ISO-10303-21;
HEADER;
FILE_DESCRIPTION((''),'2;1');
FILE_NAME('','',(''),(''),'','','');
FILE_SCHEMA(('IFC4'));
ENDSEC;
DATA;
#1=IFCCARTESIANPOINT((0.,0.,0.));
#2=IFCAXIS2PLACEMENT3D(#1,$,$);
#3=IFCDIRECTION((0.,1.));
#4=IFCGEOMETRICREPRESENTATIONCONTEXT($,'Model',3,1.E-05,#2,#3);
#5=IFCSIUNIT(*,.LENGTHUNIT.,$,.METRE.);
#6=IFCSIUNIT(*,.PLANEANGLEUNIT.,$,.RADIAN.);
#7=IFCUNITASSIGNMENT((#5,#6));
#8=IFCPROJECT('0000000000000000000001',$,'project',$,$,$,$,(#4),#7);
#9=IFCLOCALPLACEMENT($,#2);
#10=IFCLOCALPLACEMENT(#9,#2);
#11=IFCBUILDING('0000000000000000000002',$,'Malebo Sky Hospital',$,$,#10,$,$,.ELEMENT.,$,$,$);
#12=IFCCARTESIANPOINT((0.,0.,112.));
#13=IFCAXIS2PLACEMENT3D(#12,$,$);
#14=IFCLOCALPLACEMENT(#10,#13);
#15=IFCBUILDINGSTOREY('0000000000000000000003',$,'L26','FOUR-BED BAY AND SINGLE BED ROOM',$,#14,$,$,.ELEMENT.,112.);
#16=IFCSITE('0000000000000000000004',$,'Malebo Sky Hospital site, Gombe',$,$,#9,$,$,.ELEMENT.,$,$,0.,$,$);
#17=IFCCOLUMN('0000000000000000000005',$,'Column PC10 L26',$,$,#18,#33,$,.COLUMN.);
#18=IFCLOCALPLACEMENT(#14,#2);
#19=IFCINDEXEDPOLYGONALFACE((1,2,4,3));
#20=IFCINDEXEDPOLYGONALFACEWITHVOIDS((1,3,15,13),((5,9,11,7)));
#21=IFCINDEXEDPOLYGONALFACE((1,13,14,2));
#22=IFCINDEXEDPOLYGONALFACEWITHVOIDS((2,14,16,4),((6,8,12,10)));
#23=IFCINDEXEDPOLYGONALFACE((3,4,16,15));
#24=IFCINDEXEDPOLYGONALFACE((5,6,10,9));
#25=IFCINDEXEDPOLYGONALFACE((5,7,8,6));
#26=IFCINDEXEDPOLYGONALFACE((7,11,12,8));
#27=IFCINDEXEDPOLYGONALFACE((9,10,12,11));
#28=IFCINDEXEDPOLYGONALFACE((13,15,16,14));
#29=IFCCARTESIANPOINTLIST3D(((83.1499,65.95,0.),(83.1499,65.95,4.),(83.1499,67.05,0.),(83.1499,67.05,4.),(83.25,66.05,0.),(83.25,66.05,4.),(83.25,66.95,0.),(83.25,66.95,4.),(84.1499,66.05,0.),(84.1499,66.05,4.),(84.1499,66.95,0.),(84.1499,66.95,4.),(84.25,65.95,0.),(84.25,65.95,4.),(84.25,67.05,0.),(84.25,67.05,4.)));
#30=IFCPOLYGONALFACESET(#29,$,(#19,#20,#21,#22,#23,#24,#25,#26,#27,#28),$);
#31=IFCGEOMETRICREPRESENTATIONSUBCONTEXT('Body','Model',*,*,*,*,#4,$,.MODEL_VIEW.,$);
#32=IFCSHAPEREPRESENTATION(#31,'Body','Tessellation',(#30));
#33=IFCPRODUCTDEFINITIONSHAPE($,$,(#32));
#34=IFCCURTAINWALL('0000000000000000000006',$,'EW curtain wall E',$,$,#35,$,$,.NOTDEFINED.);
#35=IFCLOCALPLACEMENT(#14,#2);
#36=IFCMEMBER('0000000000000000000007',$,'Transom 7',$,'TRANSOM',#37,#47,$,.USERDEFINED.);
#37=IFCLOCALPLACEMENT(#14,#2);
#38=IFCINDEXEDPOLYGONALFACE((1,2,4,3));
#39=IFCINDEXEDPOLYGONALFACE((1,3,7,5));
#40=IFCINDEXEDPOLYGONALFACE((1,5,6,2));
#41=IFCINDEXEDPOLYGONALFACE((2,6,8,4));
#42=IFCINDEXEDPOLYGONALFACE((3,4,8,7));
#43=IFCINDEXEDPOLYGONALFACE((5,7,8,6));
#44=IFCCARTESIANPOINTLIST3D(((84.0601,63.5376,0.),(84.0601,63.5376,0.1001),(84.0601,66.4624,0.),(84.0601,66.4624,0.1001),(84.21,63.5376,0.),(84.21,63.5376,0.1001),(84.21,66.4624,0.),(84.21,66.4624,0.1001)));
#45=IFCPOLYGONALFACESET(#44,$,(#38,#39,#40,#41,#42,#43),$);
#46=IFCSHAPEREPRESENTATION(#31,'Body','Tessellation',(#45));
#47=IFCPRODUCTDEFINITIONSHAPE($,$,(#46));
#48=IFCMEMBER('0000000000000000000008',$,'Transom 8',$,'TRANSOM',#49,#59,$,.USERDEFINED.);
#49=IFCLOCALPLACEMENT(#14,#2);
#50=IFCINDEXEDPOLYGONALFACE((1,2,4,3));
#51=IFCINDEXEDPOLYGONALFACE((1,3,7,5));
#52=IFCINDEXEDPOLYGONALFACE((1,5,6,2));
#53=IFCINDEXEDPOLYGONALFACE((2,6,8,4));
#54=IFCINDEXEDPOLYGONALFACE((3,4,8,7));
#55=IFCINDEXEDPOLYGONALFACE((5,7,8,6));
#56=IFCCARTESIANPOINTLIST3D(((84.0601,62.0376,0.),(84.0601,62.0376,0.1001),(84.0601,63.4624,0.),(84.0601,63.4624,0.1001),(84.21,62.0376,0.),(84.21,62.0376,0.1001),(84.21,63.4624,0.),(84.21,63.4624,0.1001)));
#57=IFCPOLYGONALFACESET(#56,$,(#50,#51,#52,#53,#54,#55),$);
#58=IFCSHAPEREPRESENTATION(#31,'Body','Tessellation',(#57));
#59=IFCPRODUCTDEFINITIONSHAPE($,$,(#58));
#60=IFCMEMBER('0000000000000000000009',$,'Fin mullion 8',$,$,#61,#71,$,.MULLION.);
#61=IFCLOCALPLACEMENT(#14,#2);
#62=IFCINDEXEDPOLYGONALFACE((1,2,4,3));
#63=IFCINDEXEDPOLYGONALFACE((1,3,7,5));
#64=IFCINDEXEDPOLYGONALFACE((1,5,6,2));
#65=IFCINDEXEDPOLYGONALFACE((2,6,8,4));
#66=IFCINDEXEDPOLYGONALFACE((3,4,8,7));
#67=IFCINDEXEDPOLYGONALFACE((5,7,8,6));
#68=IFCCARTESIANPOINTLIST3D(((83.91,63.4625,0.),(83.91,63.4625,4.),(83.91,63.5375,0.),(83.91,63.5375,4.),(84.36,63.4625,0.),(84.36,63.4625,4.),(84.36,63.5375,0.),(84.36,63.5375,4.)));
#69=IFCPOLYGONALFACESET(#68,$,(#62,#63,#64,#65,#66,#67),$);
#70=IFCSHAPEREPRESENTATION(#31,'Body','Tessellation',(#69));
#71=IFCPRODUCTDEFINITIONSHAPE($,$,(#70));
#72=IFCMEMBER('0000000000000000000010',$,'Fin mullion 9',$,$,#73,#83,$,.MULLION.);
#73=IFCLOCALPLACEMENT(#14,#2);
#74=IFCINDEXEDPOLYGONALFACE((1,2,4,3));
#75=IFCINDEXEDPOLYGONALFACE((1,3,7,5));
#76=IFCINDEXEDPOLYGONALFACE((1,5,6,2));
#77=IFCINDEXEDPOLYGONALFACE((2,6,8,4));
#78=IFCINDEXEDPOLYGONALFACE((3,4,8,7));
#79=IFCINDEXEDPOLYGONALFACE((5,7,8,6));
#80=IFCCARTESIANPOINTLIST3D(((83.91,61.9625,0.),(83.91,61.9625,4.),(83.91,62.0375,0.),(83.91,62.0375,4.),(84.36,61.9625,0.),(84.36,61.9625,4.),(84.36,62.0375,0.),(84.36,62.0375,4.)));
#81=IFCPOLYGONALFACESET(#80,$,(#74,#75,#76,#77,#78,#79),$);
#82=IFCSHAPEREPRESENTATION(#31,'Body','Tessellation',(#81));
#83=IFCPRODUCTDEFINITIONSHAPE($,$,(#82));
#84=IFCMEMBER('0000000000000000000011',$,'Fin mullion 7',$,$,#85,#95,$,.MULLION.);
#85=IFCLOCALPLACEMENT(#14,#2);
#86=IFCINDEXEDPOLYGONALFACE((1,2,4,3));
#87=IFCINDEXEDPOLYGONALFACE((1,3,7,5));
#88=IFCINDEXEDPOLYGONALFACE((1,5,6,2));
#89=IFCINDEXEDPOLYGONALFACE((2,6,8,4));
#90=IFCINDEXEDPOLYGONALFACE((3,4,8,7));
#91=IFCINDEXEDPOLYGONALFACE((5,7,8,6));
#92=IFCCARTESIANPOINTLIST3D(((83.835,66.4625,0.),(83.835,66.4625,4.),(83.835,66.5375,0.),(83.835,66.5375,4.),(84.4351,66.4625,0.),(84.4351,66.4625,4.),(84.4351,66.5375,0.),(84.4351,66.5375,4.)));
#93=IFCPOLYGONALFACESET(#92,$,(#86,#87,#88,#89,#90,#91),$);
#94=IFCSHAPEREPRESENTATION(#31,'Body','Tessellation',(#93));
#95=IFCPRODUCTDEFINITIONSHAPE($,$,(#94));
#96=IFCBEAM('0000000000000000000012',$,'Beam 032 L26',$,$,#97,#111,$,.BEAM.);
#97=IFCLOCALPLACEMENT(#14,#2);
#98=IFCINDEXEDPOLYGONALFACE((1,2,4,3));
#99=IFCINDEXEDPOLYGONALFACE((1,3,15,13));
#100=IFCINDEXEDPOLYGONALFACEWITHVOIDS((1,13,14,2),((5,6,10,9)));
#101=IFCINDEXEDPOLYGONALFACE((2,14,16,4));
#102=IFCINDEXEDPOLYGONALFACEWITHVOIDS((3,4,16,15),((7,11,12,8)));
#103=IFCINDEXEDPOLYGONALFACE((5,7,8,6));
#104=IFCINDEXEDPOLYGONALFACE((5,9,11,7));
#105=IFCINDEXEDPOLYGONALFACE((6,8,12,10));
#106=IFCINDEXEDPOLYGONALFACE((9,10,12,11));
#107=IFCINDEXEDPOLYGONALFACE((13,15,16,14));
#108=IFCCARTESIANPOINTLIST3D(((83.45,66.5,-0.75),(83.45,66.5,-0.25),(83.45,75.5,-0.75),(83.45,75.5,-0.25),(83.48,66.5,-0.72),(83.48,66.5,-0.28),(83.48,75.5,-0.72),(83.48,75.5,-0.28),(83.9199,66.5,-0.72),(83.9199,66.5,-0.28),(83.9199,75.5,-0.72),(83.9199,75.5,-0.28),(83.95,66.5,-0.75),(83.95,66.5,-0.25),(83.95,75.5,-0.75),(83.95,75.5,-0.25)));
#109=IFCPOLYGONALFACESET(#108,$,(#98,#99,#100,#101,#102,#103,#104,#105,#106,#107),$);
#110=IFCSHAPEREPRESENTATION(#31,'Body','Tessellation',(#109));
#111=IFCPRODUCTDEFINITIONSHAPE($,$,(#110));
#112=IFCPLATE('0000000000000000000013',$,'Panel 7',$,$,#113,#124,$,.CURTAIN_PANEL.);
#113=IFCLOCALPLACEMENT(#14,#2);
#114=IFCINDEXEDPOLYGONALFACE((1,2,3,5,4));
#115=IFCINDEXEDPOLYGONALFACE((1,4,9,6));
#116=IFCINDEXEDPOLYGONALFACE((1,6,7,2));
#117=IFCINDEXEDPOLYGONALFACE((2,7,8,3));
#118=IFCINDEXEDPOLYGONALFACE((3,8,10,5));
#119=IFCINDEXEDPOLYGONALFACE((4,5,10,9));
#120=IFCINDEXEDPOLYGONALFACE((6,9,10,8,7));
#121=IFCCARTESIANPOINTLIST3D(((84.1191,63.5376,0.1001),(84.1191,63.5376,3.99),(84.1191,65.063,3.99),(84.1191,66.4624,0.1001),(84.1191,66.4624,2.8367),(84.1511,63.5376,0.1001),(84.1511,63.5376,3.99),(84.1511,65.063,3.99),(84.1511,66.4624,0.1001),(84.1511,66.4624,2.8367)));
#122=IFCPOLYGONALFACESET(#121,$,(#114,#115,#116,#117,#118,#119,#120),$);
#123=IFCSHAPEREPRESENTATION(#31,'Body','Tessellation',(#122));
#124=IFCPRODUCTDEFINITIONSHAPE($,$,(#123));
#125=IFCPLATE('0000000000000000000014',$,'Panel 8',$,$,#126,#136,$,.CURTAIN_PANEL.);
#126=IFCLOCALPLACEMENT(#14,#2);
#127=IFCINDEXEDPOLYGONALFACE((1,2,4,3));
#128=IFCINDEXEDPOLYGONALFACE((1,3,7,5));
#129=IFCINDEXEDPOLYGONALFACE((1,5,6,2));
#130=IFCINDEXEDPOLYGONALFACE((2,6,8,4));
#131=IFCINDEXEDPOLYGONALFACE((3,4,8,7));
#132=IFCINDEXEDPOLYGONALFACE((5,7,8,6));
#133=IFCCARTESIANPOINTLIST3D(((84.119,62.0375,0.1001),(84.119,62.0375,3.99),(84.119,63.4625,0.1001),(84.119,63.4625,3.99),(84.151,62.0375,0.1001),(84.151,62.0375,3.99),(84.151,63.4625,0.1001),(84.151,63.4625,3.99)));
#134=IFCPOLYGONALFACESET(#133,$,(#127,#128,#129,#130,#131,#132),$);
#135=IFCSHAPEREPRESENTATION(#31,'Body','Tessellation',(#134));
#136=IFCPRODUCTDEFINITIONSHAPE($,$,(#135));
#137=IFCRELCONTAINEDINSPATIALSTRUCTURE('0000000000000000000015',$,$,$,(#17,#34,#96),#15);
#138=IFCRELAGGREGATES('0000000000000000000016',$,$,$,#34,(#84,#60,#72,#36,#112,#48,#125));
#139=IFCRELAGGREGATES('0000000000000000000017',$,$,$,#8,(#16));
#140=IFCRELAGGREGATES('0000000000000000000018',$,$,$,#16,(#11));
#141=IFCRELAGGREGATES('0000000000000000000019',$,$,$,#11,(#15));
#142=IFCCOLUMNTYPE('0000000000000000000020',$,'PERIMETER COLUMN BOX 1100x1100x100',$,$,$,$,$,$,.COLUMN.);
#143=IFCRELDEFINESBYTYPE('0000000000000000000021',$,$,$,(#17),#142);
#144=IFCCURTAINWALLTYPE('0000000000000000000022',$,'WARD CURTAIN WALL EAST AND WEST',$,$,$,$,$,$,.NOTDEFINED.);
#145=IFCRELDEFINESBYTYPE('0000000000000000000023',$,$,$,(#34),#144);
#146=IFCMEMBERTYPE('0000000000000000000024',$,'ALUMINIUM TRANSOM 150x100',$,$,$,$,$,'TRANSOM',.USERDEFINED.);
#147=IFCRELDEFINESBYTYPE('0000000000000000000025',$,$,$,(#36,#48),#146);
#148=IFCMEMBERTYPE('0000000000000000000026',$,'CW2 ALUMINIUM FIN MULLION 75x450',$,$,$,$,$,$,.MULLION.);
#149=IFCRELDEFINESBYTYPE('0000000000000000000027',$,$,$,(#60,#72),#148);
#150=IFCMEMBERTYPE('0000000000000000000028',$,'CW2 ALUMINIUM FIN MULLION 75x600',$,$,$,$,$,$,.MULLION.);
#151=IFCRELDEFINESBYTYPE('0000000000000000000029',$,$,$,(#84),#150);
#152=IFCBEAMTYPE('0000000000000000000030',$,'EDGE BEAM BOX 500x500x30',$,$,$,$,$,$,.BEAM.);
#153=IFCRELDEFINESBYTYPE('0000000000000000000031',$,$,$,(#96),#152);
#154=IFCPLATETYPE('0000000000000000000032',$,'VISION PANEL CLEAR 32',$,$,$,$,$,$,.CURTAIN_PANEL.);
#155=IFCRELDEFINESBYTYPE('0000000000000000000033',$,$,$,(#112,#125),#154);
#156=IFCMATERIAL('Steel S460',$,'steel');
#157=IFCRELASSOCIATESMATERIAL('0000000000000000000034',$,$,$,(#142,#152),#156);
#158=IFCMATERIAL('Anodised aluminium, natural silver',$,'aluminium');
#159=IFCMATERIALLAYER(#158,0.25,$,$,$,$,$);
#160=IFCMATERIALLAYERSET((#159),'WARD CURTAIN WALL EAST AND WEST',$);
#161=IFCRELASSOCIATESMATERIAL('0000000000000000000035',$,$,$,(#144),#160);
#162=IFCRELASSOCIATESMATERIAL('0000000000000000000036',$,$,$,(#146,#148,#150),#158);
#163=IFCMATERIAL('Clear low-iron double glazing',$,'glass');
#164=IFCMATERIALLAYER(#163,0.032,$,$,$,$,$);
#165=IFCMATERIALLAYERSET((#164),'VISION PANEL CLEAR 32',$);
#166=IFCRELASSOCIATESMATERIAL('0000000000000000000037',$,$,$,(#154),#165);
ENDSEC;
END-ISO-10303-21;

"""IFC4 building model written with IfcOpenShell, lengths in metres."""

from ifc_helpers import new_model, si_unit, direction, frame, origin, origin_2d, place, context, subcontext, project, spatial, polyline, rectangle, hollow_rectangle, outline, extrude, material, layer, layer_set, material_profile, profile_set, type_object, element, aggregate, save


model = new_model("IFC4")

# Units and contexts
model_context = context("Model", 3, precision=1e-05, world=origin(), true_north=direction((0.0, 1.0)))
body_context = subcontext(model_context, "Body", "Model", "MODEL_VIEW")
ifc_project = project(units=[si_unit("LENGTHUNIT", "METRE"), si_unit("PLANEANGLEUNIT", "RADIAN")], contexts=[model_context])

# Site, building, storey
site_placement = place(None, origin())
site = spatial("IfcSite", under=ifc_project, at=site_placement, Name="Malebo Sky Hospital site, Gombe", CompositionType="ELEMENT", RefElevation=0.0)
building_placement = place(site_placement, origin())
building = spatial("IfcBuilding", under=site, at=building_placement, Name="Malebo Sky Hospital", CompositionType="ELEMENT")
storey_placement = place(building_placement, frame((0.0, 0.0, 112.0)))
storey = spatial("IfcBuildingStorey", under=building, at=storey_placement, Name="L26", Description="FOUR-BED BAY AND SINGLE BED ROOM", CompositionType="ELEMENT", Elevation=112.0)

# Column
ifc_material_1 = material(Name="Steel S460", Category="steel")
ifc_material_profile_1 = material_profile(ifc_material_1, hollow_rectangle(XDim=1.1001, YDim=1.1001, WallThickness=0.1001, at=origin_2d()), Name="BOX 1100x1100x100")
ifc_profile_set_1 = profile_set([ifc_material_profile_1], Name="Steel S460")
column_type = type_object("IfcColumnType", Name="PERIMETER COLUMN BOX 1100x1100x100", PredefinedType="COLUMN", material=ifc_profile_set_1)
column_placement = place(storey_placement, frame((83.7, 66.5, 0.0), z_axis=(0.0, 0.0, 1.0), x_axis=(1.0, 0.0, 0.0)))
element("IfcColumn", 1, at=column_placement, inside=storey, type_object=column_type, Name="Column PC10 L26", PredefinedType="COLUMN", context=body_context, shape_type="SweptSolid", body=[
    extrude(hollow_rectangle(XDim=1.1001, YDim=1.1001, WallThickness=0.1001, at=origin_2d()), origin(), (0.0, 0.0, 1.0), 4.0),
])

# Curtain wall, members
ifc_material_2 = material(Name="Anodised aluminium, natural silver", Category="aluminium")
ifc_layer_1 = layer(ifc_material_2, 0.25)
ifc_layer_set_1 = layer_set([ifc_layer_1], Name="WARD CURTAIN WALL EAST AND WEST")
curtain_wall_type = type_object("IfcCurtainWallType", Name="WARD CURTAIN WALL EAST AND WEST", PredefinedType="NOTDEFINED", material=ifc_layer_set_1)
curtain_wall_placement = place(storey_placement, origin())
curtain_wall = element("IfcCurtainWall", 2, at=curtain_wall_placement, inside=storey, type_object=curtain_wall_type, Name="EW curtain wall E", PredefinedType="NOTDEFINED")
ifc_material_profile_2 = material_profile(ifc_material_2, rectangle(XDim=0.1499, YDim=0.1001, at=origin_2d()), Name="ALUMINIUM TRANSOM 150x100")
ifc_profile_set_2 = profile_set([ifc_material_profile_2], Name="Anodised aluminium, natural silver")
member_type_1 = type_object("IfcMemberType", Name="ALUMINIUM TRANSOM 150x100", ElementType="TRANSOM", PredefinedType="USERDEFINED", material=ifc_profile_set_2)
member_1_placement = place(storey_placement, frame((84.135, 66.4624, 0.05), z_axis=(0.0, -1.0, 0.0), x_axis=(1.0, 0.0, 0.0)))
member_1 = element("IfcMember", 3, at=member_1_placement, type_object=member_type_1, Name="Transom 7", ObjectType="TRANSOM", PredefinedType="USERDEFINED", context=body_context, shape_type="SweptSolid", body=[
    extrude(rectangle(XDim=0.1499, YDim=0.1001, at=origin_2d()), origin(), (0.0, 0.0, 1.0), 2.9248),
])
member_2_placement = place(storey_placement, frame((84.135, 63.4624, 0.05), z_axis=(0.0, -1.0, 0.0), x_axis=(1.0, 0.0, 0.0)))
member_2 = element("IfcMember", 4, at=member_2_placement, type_object=member_type_1, Name="Transom 8", ObjectType="TRANSOM", PredefinedType="USERDEFINED", context=body_context, shape_type="SweptSolid", body=[
    extrude(rectangle(XDim=0.1499, YDim=0.1001, at=origin_2d()), origin(), (0.0, 0.0, 1.0), 1.4248),
])
ifc_material_profile_3 = material_profile(ifc_material_2, rectangle(XDim=0.075, YDim=0.45, at=origin_2d()), Name="CW2 ALUMINIUM FIN MULLION 75x450")
ifc_profile_set_3 = profile_set([ifc_material_profile_3], Name="Anodised aluminium, natural silver")
member_type_2 = type_object("IfcMemberType", Name="CW2 ALUMINIUM FIN MULLION 75x450", PredefinedType="MULLION", material=ifc_profile_set_3)
member_3_placement = place(storey_placement, frame((84.135, 63.5, 0.0), z_axis=(0.0, 0.0, 1.0), x_axis=(0.0, -1.0, 0.0)))
member_3 = element("IfcMember", 5, at=member_3_placement, type_object=member_type_2, Name="Fin mullion 8", PredefinedType="MULLION", context=body_context, shape_type="SweptSolid", body=[
    extrude(rectangle(XDim=0.075, YDim=0.45, at=origin_2d()), origin(), (0.0, 0.0, 1.0), 4.0),
])
member_4_placement = place(storey_placement, frame((84.135, 62.0, 0.0), z_axis=(0.0, 0.0, 1.0), x_axis=(0.0, -1.0, 0.0)))
member_4 = element("IfcMember", 6, at=member_4_placement, type_object=member_type_2, Name="Fin mullion 9", PredefinedType="MULLION", context=body_context, shape_type="SweptSolid", body=[
    extrude(rectangle(XDim=0.075, YDim=0.45, at=origin_2d()), origin(), (0.0, 0.0, 1.0), 4.0),
])
ifc_material_profile_4 = material_profile(ifc_material_2, rectangle(XDim=0.075, YDim=0.6001, at=origin_2d()), Name="CW2 ALUMINIUM FIN MULLION 75x600")
ifc_profile_set_4 = profile_set([ifc_material_profile_4], Name="Anodised aluminium, natural silver")
member_type_3 = type_object("IfcMemberType", Name="CW2 ALUMINIUM FIN MULLION 75x600", PredefinedType="MULLION", material=ifc_profile_set_4)
member_5_placement = place(storey_placement, frame((84.135, 66.5, 0.0), z_axis=(0.0, 0.0, 1.0), x_axis=(0.0, -1.0, 0.0)))
member_5 = element("IfcMember", 7, at=member_5_placement, type_object=member_type_3, Name="Fin mullion 7", PredefinedType="MULLION", context=body_context, shape_type="SweptSolid", body=[
    extrude(rectangle(XDim=0.075, YDim=0.6001, at=origin_2d()), origin(), (0.0, 0.0, 1.0), 4.0),
])

# Beam
ifc_material_profile_5 = material_profile(ifc_material_1, hollow_rectangle(XDim=0.5, YDim=0.5, WallThickness=0.03, at=origin_2d()), Name="BOX 500x500x30")
ifc_profile_set_5 = profile_set([ifc_material_profile_5], Name="Steel S460")
beam_type = type_object("IfcBeamType", Name="EDGE BEAM BOX 500x500x30", PredefinedType="BEAM", material=ifc_profile_set_5)
beam_placement = place(storey_placement, frame((83.7, 66.5, -0.5), z_axis=(0.0, 1.0, 0.0), x_axis=(-1.0, 0.0, 0.0)))
element("IfcBeam", 8, at=beam_placement, inside=storey, type_object=beam_type, Name="Beam 032 L26", PredefinedType="BEAM", context=body_context, shape_type="SweptSolid", body=[
    extrude(hollow_rectangle(XDim=0.5, YDim=0.5, WallThickness=0.03, at=origin_2d()), origin(), (0.0, 0.0, 1.0), 9.0),
])

# Plates
ifc_material_3 = material(Name="Clear low-iron double glazing", Category="glass")
ifc_layer_2 = layer(ifc_material_3, 0.032)
ifc_layer_set_2 = layer_set([ifc_layer_2], Name="VISION PANEL CLEAR 32")
plate_type = type_object("IfcPlateType", Name="VISION PANEL CLEAR 32", PredefinedType="CURTAIN_PANEL", material=ifc_layer_set_2)
plate_1_placement = place(storey_placement, frame((84.135, 65.0, 0.1001), z_axis=(0.0, 0.0, 1.0), x_axis=(0.0, -1.0, 0.0)))
plate_1 = element("IfcPlate", 9, at=plate_1_placement, type_object=plate_type, Name="Panel 7", PredefinedType="CURTAIN_PANEL", context=body_context, shape_type="SweptSolid", body=[
    extrude(outline(polyline([(-1.4624, 0.0), (1.4624, 0.0), (1.4624, 3.8899), (-0.063, 3.8899), (-1.4624, 2.7366), (-1.4624, 0.0)])), frame((0.0, 0.0161, 0.0), z_axis=(0.0, -1.0, 0.0), x_axis=(1.0, 0.0, 0.0)), (0.0, 0.0, 1.0), 0.032),
])
plate_2_placement = place(storey_placement, frame((84.135, 62.75, 0.1001), z_axis=(0.0, 0.0, 1.0), x_axis=(0.0, -1.0, 0.0)))
plate_2 = element("IfcPlate", 10, at=plate_2_placement, type_object=plate_type, Name="Panel 8", PredefinedType="CURTAIN_PANEL", context=body_context, shape_type="SweptSolid", body=[
    extrude(rectangle(XDim=1.425, YDim=0.032, at=origin_2d()), origin(), (0.0, 0.0, 1.0), 3.8899),
])
aggregate(curtain_wall, [member_5, member_3, member_4, member_1, plate_1, member_2, plate_2])

save(model, "model.ifc")
